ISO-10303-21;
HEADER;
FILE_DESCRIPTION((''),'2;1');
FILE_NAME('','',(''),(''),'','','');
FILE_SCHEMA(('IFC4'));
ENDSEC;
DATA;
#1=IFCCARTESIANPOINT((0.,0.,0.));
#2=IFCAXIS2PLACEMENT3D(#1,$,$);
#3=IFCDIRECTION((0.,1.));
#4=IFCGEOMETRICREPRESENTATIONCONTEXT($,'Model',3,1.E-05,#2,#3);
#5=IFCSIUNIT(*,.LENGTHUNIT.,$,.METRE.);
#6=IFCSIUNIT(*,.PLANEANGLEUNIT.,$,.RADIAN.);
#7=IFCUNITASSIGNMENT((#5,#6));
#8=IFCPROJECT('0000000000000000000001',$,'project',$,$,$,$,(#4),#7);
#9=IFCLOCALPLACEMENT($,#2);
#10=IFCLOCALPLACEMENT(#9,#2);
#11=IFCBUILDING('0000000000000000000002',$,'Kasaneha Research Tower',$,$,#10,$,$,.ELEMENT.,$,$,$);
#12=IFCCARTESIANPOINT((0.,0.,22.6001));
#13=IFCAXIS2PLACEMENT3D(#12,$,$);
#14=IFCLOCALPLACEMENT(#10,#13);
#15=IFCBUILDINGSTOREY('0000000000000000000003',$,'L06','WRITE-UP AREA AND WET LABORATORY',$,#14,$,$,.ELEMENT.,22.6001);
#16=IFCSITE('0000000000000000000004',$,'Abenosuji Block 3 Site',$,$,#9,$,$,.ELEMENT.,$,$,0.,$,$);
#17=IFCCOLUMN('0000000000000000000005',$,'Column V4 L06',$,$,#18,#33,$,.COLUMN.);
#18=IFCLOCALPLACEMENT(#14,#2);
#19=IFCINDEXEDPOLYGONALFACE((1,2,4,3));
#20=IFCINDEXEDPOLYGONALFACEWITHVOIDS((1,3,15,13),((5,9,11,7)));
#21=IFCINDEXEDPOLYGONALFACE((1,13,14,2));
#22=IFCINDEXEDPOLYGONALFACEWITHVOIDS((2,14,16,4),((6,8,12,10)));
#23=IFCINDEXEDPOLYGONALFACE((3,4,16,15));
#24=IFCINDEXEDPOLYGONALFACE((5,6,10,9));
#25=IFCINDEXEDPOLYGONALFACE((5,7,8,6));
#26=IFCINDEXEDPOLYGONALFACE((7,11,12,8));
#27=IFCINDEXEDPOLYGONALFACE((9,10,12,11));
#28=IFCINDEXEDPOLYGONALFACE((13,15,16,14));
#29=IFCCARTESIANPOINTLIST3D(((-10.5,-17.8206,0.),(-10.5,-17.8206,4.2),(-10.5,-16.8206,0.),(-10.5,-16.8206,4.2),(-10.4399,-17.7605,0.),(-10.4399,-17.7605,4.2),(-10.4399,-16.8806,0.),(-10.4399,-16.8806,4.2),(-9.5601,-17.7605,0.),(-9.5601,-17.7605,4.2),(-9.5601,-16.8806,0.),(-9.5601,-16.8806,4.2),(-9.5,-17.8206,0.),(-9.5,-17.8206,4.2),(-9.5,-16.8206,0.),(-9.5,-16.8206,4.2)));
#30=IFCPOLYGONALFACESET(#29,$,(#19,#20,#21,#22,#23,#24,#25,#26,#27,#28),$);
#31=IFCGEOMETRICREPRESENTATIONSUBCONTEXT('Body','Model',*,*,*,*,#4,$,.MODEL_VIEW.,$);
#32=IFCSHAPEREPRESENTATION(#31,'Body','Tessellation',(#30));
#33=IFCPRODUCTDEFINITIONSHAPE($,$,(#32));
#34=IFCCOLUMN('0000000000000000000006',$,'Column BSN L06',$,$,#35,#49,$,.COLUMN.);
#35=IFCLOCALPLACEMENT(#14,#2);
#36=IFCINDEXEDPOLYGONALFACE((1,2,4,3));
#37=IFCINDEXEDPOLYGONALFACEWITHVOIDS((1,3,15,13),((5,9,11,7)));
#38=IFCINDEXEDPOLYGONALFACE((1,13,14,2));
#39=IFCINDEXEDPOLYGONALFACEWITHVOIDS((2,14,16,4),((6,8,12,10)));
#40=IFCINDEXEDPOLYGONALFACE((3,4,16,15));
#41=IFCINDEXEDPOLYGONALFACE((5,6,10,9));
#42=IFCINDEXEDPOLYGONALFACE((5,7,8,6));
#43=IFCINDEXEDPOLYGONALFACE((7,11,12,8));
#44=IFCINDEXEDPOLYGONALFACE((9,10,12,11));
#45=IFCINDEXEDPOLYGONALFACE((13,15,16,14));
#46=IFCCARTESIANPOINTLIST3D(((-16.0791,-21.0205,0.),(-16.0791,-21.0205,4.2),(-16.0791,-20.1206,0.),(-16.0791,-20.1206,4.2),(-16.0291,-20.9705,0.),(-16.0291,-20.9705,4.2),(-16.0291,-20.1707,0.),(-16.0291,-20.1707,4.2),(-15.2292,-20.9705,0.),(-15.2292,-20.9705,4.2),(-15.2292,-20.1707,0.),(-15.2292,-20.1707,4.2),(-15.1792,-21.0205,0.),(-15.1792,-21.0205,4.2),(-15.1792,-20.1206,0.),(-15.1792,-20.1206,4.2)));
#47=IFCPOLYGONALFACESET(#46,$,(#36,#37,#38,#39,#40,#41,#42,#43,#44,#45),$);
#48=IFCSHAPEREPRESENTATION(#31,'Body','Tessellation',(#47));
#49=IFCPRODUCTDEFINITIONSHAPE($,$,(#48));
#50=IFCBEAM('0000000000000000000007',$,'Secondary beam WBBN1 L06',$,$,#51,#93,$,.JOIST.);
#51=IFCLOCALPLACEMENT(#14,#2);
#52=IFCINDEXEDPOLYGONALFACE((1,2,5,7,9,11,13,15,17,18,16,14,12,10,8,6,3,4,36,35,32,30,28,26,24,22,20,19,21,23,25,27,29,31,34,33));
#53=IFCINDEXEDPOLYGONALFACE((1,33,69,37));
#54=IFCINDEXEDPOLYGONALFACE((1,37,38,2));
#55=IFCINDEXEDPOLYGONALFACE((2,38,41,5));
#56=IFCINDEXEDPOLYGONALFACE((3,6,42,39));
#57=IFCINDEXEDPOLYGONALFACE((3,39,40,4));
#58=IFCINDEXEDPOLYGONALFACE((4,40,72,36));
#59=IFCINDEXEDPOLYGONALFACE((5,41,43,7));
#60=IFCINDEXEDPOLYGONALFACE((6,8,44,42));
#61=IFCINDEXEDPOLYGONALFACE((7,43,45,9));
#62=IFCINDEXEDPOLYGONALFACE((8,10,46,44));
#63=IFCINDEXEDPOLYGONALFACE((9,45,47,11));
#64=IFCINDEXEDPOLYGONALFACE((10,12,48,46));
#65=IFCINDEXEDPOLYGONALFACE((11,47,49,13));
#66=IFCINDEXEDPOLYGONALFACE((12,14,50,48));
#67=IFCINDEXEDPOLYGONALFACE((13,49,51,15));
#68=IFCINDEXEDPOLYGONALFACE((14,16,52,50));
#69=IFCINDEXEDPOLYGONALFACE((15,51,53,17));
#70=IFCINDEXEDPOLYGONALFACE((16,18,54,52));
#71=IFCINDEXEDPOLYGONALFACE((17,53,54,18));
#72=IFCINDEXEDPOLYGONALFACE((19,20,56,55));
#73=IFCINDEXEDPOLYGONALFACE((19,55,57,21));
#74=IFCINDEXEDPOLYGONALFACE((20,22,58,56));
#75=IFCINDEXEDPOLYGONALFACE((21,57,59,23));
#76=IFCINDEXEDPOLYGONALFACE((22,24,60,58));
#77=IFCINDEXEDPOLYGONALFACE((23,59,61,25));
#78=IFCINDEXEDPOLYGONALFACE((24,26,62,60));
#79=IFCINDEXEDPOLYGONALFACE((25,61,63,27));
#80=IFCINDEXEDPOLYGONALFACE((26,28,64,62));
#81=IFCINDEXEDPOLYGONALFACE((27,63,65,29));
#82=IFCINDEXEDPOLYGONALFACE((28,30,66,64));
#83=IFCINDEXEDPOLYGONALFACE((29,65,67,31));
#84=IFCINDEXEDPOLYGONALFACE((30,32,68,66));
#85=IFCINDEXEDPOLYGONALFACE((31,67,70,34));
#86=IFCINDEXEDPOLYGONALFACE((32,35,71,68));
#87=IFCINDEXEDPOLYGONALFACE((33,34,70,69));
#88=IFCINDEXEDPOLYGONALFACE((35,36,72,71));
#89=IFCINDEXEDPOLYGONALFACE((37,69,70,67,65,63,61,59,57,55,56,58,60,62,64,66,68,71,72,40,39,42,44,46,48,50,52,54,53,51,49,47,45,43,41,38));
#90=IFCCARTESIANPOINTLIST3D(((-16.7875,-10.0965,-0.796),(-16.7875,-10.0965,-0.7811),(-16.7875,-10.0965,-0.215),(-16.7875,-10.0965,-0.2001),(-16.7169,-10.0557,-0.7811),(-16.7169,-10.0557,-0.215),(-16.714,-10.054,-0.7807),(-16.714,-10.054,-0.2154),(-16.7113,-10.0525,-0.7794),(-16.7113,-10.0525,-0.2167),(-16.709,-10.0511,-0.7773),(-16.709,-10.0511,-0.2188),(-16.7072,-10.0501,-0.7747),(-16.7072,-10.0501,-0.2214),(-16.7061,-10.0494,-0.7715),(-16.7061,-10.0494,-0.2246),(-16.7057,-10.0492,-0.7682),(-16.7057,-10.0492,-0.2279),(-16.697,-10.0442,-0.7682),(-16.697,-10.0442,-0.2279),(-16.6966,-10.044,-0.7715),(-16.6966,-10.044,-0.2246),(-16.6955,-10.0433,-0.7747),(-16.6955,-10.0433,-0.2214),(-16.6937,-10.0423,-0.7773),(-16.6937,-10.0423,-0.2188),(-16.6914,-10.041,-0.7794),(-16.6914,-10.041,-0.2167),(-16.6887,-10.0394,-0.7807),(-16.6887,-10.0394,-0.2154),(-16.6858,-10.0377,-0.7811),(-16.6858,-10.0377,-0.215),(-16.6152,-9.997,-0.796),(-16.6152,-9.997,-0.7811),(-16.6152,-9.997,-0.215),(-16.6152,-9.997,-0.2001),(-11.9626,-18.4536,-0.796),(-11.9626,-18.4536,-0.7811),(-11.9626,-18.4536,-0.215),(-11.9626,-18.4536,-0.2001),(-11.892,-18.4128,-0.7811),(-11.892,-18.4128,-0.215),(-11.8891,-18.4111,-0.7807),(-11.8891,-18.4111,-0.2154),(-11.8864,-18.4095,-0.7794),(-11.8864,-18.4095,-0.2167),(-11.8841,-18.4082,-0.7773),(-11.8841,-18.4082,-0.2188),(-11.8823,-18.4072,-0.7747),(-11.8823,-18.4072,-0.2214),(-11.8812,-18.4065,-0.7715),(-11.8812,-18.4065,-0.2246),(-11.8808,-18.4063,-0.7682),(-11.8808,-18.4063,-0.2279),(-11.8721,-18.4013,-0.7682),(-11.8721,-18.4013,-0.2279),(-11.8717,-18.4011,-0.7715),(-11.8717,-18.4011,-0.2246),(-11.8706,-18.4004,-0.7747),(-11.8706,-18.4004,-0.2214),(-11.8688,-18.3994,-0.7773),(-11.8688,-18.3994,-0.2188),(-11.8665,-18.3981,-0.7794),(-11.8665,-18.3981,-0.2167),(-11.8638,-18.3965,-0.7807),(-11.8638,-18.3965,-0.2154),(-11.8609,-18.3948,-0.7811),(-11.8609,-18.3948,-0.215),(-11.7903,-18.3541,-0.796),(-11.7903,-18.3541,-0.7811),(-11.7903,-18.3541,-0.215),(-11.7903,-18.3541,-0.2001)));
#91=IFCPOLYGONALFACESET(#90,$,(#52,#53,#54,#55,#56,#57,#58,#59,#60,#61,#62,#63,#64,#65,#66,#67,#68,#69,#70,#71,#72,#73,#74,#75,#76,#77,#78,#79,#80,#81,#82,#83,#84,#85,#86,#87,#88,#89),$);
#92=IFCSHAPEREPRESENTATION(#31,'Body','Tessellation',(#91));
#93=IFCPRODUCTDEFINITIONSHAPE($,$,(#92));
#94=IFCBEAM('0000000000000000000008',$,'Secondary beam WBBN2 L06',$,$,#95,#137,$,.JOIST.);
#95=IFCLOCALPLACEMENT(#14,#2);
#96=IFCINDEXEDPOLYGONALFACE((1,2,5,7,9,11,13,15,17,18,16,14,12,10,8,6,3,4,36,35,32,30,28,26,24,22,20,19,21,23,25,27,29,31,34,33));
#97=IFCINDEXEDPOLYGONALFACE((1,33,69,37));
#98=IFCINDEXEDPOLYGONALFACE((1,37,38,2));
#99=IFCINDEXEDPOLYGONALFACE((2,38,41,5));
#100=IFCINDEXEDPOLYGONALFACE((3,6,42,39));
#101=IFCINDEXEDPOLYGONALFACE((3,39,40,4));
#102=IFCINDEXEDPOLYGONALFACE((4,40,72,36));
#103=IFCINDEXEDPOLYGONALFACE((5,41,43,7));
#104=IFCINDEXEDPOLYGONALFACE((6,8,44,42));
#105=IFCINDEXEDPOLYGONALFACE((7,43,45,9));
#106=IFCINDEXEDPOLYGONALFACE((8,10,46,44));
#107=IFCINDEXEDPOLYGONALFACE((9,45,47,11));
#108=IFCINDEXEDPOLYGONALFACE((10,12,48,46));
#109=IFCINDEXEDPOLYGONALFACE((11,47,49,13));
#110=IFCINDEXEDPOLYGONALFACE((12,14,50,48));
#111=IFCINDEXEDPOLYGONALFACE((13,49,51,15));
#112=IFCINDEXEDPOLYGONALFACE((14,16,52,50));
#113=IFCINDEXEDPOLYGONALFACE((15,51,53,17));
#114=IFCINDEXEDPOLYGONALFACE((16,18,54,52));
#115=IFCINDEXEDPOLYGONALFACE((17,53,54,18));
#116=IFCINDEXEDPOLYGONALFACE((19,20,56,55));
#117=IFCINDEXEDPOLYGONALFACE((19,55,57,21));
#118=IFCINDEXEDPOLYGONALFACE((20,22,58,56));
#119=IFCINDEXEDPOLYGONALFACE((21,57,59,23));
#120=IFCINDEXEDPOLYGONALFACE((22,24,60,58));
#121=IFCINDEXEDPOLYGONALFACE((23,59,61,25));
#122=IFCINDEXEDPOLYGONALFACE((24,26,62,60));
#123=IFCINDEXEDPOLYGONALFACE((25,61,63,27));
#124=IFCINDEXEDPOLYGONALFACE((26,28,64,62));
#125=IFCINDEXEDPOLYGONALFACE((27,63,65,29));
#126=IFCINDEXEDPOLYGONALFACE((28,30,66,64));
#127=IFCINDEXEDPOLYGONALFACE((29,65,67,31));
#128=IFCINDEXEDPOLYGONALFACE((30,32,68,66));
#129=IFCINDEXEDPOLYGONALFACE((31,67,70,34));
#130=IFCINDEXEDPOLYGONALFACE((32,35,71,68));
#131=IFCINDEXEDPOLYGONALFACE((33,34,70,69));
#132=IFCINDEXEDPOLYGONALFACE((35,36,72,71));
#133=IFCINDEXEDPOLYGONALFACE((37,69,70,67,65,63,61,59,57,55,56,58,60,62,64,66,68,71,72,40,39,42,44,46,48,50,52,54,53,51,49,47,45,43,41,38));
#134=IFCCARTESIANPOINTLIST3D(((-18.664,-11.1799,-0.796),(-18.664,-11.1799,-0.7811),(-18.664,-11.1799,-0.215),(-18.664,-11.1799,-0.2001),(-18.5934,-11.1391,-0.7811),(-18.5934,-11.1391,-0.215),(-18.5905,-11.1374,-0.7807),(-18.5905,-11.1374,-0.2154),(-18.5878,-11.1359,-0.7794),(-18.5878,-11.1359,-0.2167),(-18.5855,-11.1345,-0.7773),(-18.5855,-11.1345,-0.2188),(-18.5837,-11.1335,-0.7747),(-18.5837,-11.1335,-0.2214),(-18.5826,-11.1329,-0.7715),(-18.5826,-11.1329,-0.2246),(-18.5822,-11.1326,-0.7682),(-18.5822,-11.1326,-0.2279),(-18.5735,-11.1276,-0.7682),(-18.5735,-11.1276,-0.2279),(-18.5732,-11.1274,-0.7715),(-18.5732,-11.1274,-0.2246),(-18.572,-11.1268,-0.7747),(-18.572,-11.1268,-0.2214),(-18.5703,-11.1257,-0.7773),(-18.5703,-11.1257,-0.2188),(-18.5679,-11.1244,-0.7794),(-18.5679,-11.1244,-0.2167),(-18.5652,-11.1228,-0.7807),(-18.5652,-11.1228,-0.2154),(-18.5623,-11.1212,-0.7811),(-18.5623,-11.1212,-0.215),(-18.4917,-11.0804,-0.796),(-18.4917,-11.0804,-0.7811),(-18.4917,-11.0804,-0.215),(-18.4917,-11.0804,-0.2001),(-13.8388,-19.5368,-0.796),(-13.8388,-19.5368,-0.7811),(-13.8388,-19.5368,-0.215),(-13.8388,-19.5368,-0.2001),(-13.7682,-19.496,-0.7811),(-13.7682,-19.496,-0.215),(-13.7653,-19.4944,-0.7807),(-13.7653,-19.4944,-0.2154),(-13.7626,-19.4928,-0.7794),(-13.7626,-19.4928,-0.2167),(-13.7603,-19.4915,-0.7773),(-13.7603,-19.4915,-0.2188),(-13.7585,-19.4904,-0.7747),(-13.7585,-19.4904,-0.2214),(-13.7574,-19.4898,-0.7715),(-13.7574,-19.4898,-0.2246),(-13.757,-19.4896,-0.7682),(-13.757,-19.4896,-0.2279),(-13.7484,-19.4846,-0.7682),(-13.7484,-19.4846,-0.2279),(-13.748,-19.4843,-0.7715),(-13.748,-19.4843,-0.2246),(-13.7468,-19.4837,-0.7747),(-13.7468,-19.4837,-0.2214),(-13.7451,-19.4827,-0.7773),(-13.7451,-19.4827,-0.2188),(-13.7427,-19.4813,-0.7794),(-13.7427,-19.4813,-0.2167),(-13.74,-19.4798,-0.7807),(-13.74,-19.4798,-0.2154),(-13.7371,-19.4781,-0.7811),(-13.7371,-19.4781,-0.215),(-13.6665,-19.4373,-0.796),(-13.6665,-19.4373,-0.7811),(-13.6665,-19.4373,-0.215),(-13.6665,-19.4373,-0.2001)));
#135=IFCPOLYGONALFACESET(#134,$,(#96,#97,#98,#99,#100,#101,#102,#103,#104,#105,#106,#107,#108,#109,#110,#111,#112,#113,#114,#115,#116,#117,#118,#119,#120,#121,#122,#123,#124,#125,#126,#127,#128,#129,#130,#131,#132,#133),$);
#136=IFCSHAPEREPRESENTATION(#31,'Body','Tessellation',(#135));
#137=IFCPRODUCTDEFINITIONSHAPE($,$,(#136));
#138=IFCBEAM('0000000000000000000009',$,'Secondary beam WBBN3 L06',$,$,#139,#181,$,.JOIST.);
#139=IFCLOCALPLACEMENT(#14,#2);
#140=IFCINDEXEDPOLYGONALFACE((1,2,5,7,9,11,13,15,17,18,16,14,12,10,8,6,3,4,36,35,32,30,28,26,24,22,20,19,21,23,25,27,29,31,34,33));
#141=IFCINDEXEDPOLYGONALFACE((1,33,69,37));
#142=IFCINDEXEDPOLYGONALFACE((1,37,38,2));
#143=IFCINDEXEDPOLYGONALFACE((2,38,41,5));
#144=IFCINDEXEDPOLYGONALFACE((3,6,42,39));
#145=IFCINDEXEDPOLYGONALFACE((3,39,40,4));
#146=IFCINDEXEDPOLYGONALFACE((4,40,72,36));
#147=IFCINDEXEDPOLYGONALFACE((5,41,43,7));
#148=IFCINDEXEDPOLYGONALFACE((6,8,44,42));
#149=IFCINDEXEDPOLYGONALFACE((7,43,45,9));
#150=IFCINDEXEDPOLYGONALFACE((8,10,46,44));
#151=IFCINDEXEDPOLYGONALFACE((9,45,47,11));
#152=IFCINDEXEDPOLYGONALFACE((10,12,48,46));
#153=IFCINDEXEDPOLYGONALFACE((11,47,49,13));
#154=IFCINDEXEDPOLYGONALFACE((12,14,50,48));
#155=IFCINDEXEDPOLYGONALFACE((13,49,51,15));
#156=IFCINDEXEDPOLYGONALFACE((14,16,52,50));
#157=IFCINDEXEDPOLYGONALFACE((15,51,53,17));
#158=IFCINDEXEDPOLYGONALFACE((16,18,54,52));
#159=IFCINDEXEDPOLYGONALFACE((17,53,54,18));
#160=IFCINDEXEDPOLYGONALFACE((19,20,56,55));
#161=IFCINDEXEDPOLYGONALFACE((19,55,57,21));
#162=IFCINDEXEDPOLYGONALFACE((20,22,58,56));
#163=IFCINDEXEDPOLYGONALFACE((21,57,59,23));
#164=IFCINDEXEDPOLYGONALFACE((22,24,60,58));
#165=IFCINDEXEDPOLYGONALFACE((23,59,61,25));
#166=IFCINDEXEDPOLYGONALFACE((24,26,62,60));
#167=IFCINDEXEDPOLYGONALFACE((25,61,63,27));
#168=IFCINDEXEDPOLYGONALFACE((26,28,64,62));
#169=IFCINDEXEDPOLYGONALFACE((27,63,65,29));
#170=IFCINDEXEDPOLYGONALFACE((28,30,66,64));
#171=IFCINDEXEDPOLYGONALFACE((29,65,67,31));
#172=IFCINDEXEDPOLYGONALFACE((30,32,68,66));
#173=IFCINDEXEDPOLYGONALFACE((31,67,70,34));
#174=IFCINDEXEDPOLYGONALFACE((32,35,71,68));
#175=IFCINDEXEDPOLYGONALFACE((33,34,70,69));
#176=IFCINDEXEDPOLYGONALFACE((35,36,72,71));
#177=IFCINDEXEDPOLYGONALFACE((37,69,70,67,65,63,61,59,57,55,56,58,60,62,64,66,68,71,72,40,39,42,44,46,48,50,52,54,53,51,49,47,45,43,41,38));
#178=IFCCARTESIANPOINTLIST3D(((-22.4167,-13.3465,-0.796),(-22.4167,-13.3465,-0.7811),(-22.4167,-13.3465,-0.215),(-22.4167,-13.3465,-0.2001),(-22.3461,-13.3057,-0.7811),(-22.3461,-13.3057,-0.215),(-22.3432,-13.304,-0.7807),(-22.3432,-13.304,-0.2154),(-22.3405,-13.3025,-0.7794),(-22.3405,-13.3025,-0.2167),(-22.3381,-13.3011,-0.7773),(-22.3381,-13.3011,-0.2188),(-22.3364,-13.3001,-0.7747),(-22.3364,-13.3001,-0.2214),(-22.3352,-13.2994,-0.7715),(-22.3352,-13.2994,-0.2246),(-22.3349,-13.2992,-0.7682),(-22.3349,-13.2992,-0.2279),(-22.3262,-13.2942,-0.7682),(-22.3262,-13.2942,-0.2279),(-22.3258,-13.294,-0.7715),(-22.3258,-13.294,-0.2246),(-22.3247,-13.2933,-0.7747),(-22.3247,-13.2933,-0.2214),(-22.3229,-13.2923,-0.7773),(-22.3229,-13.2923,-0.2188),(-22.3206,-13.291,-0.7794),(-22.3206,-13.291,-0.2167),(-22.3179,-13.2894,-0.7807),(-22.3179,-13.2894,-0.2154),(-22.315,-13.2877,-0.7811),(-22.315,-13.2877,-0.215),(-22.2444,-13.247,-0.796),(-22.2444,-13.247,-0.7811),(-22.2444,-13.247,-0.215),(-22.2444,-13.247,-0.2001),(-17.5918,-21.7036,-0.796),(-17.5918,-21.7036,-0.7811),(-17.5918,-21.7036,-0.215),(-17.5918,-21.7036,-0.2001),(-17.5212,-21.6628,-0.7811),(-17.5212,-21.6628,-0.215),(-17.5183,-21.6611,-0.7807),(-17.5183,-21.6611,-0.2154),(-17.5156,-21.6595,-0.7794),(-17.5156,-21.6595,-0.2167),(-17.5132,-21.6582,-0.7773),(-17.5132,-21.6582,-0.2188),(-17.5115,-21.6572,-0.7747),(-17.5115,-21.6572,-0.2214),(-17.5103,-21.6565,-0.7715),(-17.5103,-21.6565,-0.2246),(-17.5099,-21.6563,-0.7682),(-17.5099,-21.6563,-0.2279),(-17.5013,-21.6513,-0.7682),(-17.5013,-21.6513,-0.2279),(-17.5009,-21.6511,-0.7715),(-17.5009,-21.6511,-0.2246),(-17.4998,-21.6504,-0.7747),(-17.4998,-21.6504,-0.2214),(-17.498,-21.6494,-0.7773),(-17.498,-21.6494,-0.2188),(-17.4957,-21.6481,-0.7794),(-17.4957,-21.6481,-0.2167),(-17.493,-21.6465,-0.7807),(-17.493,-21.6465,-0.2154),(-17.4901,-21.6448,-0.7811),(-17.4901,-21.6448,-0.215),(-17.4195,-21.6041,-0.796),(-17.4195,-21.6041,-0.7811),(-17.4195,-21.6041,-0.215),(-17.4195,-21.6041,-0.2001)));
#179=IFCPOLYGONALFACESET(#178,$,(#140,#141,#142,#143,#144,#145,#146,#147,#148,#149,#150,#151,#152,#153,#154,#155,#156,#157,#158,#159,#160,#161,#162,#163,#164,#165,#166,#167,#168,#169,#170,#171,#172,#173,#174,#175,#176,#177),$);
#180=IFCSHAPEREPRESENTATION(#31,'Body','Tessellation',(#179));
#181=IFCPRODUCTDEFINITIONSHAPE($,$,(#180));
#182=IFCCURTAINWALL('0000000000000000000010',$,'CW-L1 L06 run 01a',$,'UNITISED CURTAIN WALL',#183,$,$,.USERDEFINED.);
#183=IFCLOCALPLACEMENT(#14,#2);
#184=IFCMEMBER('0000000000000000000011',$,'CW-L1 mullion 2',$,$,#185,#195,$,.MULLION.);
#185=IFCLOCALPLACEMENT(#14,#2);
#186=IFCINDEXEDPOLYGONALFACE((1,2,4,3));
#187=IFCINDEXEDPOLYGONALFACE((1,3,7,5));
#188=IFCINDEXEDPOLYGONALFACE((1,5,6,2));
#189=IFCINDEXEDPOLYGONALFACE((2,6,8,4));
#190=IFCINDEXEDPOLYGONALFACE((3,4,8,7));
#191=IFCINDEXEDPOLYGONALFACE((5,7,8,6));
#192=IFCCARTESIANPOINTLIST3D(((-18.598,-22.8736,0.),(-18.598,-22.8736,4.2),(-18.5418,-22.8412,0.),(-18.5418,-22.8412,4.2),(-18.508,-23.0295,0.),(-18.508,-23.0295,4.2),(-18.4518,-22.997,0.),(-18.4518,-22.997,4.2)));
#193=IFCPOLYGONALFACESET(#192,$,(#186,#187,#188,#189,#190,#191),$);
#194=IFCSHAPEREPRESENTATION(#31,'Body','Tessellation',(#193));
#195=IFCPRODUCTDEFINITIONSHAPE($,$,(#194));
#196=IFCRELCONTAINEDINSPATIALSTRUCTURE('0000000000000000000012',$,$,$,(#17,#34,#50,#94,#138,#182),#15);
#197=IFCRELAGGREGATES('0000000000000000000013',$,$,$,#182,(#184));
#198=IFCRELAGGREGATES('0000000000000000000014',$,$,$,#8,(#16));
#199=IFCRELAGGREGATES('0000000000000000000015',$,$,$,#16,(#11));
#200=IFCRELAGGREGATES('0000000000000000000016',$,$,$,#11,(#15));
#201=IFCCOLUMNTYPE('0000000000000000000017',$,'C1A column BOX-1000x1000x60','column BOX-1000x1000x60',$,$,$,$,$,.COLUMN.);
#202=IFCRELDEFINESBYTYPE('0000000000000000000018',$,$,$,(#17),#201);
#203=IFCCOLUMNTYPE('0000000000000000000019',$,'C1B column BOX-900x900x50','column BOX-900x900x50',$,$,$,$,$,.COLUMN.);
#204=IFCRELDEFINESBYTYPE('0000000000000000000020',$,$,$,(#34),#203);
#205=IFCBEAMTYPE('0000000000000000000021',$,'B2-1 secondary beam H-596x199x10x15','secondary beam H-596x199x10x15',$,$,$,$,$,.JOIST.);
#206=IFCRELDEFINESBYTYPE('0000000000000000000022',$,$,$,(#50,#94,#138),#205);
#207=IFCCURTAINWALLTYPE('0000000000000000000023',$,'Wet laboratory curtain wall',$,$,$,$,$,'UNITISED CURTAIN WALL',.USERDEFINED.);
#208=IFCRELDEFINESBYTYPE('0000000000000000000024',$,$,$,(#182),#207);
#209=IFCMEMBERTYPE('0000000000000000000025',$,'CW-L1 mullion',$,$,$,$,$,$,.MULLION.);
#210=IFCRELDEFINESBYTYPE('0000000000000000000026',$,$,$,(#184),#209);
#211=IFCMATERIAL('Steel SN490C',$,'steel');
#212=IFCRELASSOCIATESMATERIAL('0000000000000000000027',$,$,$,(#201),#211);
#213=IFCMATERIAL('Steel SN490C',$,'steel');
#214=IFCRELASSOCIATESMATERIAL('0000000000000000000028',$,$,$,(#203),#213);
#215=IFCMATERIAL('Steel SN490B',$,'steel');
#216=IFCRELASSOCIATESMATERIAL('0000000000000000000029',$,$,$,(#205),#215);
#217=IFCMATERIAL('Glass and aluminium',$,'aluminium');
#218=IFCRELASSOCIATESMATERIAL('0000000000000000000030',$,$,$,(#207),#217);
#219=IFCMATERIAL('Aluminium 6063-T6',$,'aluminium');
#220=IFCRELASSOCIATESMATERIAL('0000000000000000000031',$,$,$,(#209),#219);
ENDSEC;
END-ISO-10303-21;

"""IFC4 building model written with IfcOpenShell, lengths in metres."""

from ifc_helpers import new_model, si_unit, direction, frame, origin, origin_2d, place, context, subcontext, project, spatial, rectangle, hollow_rectangle, i_section, extrude, material, material_profile, profile_set, type_object, element, aggregate, save


model = new_model("IFC4")

# Units and contexts
model_context = context("Model", 3, precision=1e-05, world=origin(), true_north=direction((0.0, 1.0)))
body_context = subcontext(model_context, "Body", "Model", "MODEL_VIEW")
ifc_project = project(units=[si_unit("LENGTHUNIT", "METRE"), si_unit("PLANEANGLEUNIT", "RADIAN")], contexts=[model_context])

# Site, building, storey
site_placement = place(None, origin())
site = spatial("IfcSite", under=ifc_project, at=site_placement, Name="Abenosuji Block 3 Site", CompositionType="ELEMENT", RefElevation=0.0)
building_placement = place(site_placement, origin())
building = spatial("IfcBuilding", under=site, at=building_placement, Name="Kasaneha Research Tower", CompositionType="ELEMENT")
storey_placement = place(building_placement, frame((0.0, 0.0, 22.6001)))
storey = spatial("IfcBuildingStorey", under=building, at=storey_placement, Name="L06", Description="WRITE-UP AREA AND WET LABORATORY", CompositionType="ELEMENT", Elevation=22.6001)

# Columns
ifc_material_1 = material(Name="Steel SN490C", Category="steel")
ifc_material_profile_1 = material_profile(ifc_material_1, hollow_rectangle(XDim=1.0, YDim=1.0, WallThickness=0.0601, at=origin_2d()), Name="BOX-1000x1000x60")
ifc_profile_set_1 = profile_set([ifc_material_profile_1], Name="Steel SN490C")
column_type_1 = type_object("IfcColumnType", Name="C1A column BOX-1000x1000x60", Description="column BOX-1000x1000x60", PredefinedType="COLUMN", material=ifc_profile_set_1)
column_1_placement = place(storey_placement, frame((-10.0, -17.3206, 0.0), z_axis=(0.0, 0.0, 1.0), x_axis=(1.0, 0.0, 0.0)))
element("IfcColumn", 1, at=column_1_placement, inside=storey, type_object=column_type_1, Name="Column V4 L06", PredefinedType="COLUMN", context=body_context, shape_type="SweptSolid", body=[
    extrude(hollow_rectangle(XDim=1.0, YDim=1.0, WallThickness=0.0601, at=origin_2d()), origin(), (0.0, 0.0, 1.0), 4.2),
])
ifc_material_2 = material(Name="Steel SN490C", Category="steel")
ifc_material_profile_2 = material_profile(ifc_material_2, hollow_rectangle(XDim=0.8999, YDim=0.8999, WallThickness=0.05, at=origin_2d()), Name="BOX-900x900x50")
ifc_profile_set_2 = profile_set([ifc_material_profile_2], Name="Steel SN490C")
column_type_2 = type_object("IfcColumnType", Name="C1B column BOX-900x900x50", Description="column BOX-900x900x50", PredefinedType="COLUMN", material=ifc_profile_set_2)
column_2_placement = place(storey_placement, frame((-15.6292, -20.5706, 0.0), z_axis=(0.0, 0.0, 1.0), x_axis=(1.0, 0.0, 0.0)))
element("IfcColumn", 2, at=column_2_placement, inside=storey, type_object=column_type_2, Name="Column BSN L06", PredefinedType="COLUMN", context=body_context, shape_type="SweptSolid", body=[
    extrude(hollow_rectangle(XDim=0.8999, YDim=0.8999, WallThickness=0.05, at=origin_2d()), origin(), (0.0, 0.0, 1.0), 4.2),
])

# Beams
ifc_material_3 = material(Name="Steel SN490B", Category="steel")
ifc_material_profile_3 = material_profile(ifc_material_3, i_section(OverallWidth=0.199, OverallDepth=0.5959, WebThickness=0.01, FlangeThickness=0.0149, FilletRadius=0.0129, at=origin_2d()), Name="H-596x199x10x15")
ifc_profile_set_3 = profile_set([ifc_material_profile_3], Name="Steel SN490B")
beam_type_1 = type_object("IfcBeamType", Name="B2-1 secondary beam H-596x199x10x15", Description="secondary beam H-596x199x10x15", PredefinedType="JOIST", material=ifc_profile_set_3)
for number, where, z_axis, x_axis, name in (
    (3, (-11.8765, -18.4038, -0.498), (-0.499995, 0.866028, 0.0), (-0.866028, -0.499995, 0.0), "Secondary beam WBBN1 L06"),
    (4, (-13.7527, -19.4871, -0.498), (-0.500025, 0.866011, 0.0), (-0.866011, -0.500025, 0.0), "Secondary beam WBBN2 L06"),
    (5, (-17.5056, -21.6538, -0.498), (-0.499995, 0.866028, 0.0), (-0.866028, -0.499995, 0.0), "Secondary beam WBBN3 L06"),
):
    element("IfcBeam", number, at=place(storey_placement, frame(where, z_axis=z_axis, x_axis=x_axis)), inside=storey, type_object=beam_type_1, Name=name, PredefinedType="JOIST", context=body_context, shape_type="SweptSolid", body=[
        extrude(i_section(OverallWidth=0.199, OverallDepth=0.5959, WebThickness=0.01, FlangeThickness=0.0149, FilletRadius=0.0129, at=origin_2d()), origin(), (0.0, 0.0, 1.0), 9.6499),
    ])

# Curtain wall, member
ifc_material_4 = material(Name="Glass and aluminium", Category="aluminium")
curtain_wall_type = type_object("IfcCurtainWallType", Name="Wet laboratory curtain wall", ElementType="UNITISED CURTAIN WALL", PredefinedType="USERDEFINED", material=ifc_material_4)
curtain_wall_1_placement = place(storey_placement, origin())
curtain_wall_1 = element("IfcCurtainWall", 6, at=curtain_wall_1_placement, inside=storey, type_object=curtain_wall_type, Name="CW-L1 L06 run 01a", ObjectType="UNITISED CURTAIN WALL", PredefinedType="USERDEFINED")
ifc_material_5 = material(Name="Aluminium 6063-T6", Category="aluminium")
ifc_material_profile_4 = material_profile(ifc_material_5, rectangle(XDim=0.0649, YDim=0.1799, at=origin_2d()), Name="CW-L1 mullion 65x180")
ifc_profile_set_4 = profile_set([ifc_material_profile_4], Name="Aluminium 6063-T6")
member_type_1 = type_object("IfcMemberType", Name="CW-L1 mullion", PredefinedType="MULLION", material=ifc_profile_set_4)
member_1_placement = place(storey_placement, frame((-18.5249, -22.9353, 0.0), z_axis=(0.0, 0.0, 1.0), x_axis=(0.866025, 0.5, 0.0)))
member_1 = element("IfcMember", 7, at=member_1_placement, type_object=member_type_1, Name="CW-L1 mullion 2", PredefinedType="MULLION", context=body_context, shape_type="SweptSolid", body=[
    extrude(rectangle(XDim=0.0649, YDim=0.1799, at=origin_2d()), origin(), (0.0, 0.0, 1.0), 4.2),
])

aggregate(curtain_wall_1, [member_1])

save(model, "model.ifc")
